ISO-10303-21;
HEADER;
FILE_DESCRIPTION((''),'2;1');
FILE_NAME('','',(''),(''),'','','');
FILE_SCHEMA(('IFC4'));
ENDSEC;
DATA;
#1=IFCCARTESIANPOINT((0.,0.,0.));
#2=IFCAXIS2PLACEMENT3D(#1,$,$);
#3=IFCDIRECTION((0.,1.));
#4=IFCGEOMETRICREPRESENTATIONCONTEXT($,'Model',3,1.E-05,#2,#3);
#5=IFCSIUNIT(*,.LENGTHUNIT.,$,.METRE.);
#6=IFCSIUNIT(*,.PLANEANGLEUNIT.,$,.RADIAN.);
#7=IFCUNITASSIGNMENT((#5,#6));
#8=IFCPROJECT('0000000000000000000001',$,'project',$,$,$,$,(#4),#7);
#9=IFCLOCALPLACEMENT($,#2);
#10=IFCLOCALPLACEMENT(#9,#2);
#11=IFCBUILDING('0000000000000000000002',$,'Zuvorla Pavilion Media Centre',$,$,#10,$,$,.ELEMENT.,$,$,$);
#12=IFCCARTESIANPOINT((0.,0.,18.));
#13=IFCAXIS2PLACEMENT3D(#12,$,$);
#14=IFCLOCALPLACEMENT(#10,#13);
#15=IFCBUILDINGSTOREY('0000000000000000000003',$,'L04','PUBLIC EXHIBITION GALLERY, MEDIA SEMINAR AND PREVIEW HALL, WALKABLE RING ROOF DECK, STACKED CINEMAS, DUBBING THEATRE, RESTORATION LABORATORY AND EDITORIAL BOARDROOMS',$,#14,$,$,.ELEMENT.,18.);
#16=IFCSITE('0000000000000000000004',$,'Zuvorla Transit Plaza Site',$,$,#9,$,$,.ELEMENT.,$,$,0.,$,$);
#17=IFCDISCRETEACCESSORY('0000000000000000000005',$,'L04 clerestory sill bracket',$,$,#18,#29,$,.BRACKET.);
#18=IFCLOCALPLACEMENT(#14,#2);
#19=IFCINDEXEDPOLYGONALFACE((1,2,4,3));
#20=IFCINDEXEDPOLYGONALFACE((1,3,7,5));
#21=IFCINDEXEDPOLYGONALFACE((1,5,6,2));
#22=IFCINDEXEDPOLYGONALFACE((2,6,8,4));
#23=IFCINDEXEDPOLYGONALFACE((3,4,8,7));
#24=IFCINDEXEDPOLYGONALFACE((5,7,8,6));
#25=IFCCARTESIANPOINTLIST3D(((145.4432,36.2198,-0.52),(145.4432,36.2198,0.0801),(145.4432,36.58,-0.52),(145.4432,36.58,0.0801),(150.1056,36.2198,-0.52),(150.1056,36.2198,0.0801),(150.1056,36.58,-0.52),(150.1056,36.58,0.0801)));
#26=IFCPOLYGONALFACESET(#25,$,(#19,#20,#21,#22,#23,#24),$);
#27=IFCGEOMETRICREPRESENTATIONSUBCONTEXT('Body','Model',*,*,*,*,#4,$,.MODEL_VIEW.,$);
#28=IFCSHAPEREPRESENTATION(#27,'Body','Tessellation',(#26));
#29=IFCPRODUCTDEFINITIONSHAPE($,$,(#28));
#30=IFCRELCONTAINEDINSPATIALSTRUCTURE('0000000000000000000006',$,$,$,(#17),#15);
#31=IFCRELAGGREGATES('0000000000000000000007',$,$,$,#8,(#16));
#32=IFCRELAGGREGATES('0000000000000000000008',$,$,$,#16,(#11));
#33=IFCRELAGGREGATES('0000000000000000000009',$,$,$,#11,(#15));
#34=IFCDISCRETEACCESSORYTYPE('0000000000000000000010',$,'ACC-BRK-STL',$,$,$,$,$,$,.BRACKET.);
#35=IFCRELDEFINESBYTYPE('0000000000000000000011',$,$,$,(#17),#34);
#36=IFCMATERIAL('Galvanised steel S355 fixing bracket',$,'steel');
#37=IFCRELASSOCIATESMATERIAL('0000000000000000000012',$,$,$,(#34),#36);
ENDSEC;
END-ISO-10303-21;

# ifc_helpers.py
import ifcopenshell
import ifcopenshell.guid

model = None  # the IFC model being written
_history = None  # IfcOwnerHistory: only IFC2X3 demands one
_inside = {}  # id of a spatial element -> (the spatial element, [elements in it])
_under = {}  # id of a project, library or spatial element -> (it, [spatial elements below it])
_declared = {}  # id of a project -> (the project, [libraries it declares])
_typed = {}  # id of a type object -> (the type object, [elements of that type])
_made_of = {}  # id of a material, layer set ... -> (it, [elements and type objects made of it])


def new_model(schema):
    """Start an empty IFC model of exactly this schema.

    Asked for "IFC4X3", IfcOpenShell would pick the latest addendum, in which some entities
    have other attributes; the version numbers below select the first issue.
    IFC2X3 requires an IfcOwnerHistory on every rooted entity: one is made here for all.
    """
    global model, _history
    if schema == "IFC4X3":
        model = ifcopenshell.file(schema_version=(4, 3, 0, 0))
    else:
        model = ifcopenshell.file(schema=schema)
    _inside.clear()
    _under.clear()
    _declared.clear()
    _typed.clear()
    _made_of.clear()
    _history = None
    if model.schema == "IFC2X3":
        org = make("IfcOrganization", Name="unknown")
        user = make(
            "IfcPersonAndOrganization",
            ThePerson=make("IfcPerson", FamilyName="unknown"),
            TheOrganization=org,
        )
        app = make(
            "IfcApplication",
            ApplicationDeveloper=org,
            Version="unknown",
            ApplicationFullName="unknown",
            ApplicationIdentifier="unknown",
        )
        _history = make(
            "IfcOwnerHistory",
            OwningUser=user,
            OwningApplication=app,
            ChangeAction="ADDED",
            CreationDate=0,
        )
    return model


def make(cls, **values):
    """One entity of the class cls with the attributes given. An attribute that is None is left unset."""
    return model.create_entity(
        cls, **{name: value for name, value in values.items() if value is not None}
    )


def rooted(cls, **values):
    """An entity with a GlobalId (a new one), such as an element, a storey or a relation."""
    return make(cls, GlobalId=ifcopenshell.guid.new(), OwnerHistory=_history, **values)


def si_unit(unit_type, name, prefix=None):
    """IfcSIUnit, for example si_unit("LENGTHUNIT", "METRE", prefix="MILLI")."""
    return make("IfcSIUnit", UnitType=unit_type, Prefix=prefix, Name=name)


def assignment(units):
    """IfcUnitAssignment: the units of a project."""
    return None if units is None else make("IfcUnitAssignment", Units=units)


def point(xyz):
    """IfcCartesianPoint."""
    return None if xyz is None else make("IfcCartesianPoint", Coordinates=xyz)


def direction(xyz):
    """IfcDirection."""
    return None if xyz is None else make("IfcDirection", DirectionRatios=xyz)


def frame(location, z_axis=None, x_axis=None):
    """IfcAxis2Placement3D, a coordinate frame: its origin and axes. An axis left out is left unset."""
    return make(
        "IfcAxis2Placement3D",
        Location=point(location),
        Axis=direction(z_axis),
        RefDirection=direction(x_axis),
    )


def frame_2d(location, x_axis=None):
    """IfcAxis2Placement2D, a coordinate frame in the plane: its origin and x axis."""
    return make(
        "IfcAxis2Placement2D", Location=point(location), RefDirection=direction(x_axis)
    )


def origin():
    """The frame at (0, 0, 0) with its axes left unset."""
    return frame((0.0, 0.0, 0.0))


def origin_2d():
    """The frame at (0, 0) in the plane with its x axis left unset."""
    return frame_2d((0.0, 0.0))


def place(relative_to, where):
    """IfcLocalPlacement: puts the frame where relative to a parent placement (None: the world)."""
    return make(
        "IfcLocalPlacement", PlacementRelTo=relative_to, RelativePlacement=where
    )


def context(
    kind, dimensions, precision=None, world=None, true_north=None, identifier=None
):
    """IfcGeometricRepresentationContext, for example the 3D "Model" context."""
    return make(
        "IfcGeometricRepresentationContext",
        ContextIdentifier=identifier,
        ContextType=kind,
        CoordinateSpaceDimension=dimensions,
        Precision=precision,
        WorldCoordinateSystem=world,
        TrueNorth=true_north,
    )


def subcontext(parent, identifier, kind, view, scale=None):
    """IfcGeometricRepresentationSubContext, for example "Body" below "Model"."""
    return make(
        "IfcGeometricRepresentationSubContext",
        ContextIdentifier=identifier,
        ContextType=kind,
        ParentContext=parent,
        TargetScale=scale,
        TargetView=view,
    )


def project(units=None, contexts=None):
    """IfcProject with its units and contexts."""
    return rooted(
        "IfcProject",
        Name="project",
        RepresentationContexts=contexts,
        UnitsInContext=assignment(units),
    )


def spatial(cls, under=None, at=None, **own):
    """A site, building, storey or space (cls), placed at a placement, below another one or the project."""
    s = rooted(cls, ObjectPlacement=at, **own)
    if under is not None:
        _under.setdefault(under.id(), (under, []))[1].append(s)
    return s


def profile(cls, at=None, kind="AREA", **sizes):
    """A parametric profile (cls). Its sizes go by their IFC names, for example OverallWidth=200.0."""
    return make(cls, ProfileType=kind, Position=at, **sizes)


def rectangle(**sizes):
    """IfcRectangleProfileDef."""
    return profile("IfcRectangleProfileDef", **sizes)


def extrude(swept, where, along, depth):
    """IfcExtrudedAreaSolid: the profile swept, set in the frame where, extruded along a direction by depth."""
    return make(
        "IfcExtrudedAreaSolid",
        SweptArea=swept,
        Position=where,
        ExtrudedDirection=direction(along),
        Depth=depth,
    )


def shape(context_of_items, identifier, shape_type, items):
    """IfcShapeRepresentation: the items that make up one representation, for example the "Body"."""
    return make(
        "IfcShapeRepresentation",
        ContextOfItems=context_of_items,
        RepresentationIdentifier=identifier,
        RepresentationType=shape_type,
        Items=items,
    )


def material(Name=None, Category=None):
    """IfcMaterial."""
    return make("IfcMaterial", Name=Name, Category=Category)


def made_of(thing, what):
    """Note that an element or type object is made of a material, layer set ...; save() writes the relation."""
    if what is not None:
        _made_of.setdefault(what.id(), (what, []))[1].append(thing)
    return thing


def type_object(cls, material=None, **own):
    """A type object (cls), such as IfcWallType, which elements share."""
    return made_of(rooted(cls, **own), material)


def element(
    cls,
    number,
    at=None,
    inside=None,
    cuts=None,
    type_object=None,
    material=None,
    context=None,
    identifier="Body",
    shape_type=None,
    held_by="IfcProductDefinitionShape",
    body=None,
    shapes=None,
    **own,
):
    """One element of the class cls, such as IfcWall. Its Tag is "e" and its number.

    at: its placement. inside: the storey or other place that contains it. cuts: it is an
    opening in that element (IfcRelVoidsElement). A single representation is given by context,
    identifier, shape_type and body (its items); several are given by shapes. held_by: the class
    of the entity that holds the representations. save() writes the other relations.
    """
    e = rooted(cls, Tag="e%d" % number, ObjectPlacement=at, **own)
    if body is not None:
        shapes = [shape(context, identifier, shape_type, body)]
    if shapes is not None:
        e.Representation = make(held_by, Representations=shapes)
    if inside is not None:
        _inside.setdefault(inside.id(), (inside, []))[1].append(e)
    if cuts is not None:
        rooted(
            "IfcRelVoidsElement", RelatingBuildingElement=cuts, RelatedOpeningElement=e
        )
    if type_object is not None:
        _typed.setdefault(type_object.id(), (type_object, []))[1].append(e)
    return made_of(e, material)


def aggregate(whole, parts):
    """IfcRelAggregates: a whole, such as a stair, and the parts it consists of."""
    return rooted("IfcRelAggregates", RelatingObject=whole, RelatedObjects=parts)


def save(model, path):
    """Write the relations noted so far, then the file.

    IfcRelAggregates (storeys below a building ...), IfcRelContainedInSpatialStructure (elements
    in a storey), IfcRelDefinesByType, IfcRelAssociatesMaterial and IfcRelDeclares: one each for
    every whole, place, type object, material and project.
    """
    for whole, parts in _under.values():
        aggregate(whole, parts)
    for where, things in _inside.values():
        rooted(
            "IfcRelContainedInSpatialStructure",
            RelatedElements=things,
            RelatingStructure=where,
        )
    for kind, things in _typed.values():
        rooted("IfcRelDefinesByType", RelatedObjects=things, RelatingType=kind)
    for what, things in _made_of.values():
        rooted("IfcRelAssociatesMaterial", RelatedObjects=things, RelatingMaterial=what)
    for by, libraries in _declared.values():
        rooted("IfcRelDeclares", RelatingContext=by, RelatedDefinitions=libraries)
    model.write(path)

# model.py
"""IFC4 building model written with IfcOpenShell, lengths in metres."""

from ifc_helpers import new_model, si_unit, direction, frame, origin, origin_2d, place, context, subcontext, project, spatial, rectangle, extrude, material, type_object, element, save


model = new_model("IFC4")

# Units and contexts
model_context = context("Model", 3, precision=1e-05, world=origin(), true_north=direction((0.0, 1.0)))
body_context = subcontext(model_context, "Body", "Model", "MODEL_VIEW")
ifc_project = project(units=[si_unit("LENGTHUNIT", "METRE"), si_unit("PLANEANGLEUNIT", "RADIAN")], contexts=[model_context])

# Site, building, storey
site_placement = place(None, origin())
site = spatial("IfcSite", under=ifc_project, at=site_placement, Name="Zuvorla Transit Plaza Site", CompositionType="ELEMENT", RefElevation=0.0)
building_placement = place(site_placement, origin())
building = spatial("IfcBuilding", under=site, at=building_placement, Name="Zuvorla Pavilion Media Centre", CompositionType="ELEMENT")
storey_placement = place(building_placement, frame((0.0, 0.0, 18.0)))
storey = spatial("IfcBuildingStorey", under=building, at=storey_placement, Name="L04", Description="PUBLIC EXHIBITION GALLERY, MEDIA SEMINAR AND PREVIEW HALL, WALKABLE RING ROOF DECK, STACKED CINEMAS, DUBBING THEATRE, RESTORATION LABORATORY AND EDITORIAL BOARDROOMS", CompositionType="ELEMENT", Elevation=18.0)

# Discrete accessory
ifc_material_1 = material(Name="Galvanised steel S355 fixing bracket", Category="steel")
discrete_accessory_type = type_object("IfcDiscreteAccessoryType", Name="ACC-BRK-STL", PredefinedType="BRACKET", material=ifc_material_1)
discrete_accessory_placement = place(storey_placement, frame((147.7744, 36.3999, -0.52), z_axis=(0.0, 0.0, 1.0), x_axis=(1.0, 0.0, 0.0)))
element("IfcDiscreteAccessory", 1, at=discrete_accessory_placement, inside=storey, type_object=discrete_accessory_type, Name="L04 clerestory sill bracket", PredefinedType="BRACKET", context=body_context, shape_type="SweptSolid", body=[
    extrude(rectangle(XDim=4.6624, YDim=0.3601, at=origin_2d()), origin(), (0.0, 0.0, 1.0), 0.6001),
])

save(model, "model.ifc")
